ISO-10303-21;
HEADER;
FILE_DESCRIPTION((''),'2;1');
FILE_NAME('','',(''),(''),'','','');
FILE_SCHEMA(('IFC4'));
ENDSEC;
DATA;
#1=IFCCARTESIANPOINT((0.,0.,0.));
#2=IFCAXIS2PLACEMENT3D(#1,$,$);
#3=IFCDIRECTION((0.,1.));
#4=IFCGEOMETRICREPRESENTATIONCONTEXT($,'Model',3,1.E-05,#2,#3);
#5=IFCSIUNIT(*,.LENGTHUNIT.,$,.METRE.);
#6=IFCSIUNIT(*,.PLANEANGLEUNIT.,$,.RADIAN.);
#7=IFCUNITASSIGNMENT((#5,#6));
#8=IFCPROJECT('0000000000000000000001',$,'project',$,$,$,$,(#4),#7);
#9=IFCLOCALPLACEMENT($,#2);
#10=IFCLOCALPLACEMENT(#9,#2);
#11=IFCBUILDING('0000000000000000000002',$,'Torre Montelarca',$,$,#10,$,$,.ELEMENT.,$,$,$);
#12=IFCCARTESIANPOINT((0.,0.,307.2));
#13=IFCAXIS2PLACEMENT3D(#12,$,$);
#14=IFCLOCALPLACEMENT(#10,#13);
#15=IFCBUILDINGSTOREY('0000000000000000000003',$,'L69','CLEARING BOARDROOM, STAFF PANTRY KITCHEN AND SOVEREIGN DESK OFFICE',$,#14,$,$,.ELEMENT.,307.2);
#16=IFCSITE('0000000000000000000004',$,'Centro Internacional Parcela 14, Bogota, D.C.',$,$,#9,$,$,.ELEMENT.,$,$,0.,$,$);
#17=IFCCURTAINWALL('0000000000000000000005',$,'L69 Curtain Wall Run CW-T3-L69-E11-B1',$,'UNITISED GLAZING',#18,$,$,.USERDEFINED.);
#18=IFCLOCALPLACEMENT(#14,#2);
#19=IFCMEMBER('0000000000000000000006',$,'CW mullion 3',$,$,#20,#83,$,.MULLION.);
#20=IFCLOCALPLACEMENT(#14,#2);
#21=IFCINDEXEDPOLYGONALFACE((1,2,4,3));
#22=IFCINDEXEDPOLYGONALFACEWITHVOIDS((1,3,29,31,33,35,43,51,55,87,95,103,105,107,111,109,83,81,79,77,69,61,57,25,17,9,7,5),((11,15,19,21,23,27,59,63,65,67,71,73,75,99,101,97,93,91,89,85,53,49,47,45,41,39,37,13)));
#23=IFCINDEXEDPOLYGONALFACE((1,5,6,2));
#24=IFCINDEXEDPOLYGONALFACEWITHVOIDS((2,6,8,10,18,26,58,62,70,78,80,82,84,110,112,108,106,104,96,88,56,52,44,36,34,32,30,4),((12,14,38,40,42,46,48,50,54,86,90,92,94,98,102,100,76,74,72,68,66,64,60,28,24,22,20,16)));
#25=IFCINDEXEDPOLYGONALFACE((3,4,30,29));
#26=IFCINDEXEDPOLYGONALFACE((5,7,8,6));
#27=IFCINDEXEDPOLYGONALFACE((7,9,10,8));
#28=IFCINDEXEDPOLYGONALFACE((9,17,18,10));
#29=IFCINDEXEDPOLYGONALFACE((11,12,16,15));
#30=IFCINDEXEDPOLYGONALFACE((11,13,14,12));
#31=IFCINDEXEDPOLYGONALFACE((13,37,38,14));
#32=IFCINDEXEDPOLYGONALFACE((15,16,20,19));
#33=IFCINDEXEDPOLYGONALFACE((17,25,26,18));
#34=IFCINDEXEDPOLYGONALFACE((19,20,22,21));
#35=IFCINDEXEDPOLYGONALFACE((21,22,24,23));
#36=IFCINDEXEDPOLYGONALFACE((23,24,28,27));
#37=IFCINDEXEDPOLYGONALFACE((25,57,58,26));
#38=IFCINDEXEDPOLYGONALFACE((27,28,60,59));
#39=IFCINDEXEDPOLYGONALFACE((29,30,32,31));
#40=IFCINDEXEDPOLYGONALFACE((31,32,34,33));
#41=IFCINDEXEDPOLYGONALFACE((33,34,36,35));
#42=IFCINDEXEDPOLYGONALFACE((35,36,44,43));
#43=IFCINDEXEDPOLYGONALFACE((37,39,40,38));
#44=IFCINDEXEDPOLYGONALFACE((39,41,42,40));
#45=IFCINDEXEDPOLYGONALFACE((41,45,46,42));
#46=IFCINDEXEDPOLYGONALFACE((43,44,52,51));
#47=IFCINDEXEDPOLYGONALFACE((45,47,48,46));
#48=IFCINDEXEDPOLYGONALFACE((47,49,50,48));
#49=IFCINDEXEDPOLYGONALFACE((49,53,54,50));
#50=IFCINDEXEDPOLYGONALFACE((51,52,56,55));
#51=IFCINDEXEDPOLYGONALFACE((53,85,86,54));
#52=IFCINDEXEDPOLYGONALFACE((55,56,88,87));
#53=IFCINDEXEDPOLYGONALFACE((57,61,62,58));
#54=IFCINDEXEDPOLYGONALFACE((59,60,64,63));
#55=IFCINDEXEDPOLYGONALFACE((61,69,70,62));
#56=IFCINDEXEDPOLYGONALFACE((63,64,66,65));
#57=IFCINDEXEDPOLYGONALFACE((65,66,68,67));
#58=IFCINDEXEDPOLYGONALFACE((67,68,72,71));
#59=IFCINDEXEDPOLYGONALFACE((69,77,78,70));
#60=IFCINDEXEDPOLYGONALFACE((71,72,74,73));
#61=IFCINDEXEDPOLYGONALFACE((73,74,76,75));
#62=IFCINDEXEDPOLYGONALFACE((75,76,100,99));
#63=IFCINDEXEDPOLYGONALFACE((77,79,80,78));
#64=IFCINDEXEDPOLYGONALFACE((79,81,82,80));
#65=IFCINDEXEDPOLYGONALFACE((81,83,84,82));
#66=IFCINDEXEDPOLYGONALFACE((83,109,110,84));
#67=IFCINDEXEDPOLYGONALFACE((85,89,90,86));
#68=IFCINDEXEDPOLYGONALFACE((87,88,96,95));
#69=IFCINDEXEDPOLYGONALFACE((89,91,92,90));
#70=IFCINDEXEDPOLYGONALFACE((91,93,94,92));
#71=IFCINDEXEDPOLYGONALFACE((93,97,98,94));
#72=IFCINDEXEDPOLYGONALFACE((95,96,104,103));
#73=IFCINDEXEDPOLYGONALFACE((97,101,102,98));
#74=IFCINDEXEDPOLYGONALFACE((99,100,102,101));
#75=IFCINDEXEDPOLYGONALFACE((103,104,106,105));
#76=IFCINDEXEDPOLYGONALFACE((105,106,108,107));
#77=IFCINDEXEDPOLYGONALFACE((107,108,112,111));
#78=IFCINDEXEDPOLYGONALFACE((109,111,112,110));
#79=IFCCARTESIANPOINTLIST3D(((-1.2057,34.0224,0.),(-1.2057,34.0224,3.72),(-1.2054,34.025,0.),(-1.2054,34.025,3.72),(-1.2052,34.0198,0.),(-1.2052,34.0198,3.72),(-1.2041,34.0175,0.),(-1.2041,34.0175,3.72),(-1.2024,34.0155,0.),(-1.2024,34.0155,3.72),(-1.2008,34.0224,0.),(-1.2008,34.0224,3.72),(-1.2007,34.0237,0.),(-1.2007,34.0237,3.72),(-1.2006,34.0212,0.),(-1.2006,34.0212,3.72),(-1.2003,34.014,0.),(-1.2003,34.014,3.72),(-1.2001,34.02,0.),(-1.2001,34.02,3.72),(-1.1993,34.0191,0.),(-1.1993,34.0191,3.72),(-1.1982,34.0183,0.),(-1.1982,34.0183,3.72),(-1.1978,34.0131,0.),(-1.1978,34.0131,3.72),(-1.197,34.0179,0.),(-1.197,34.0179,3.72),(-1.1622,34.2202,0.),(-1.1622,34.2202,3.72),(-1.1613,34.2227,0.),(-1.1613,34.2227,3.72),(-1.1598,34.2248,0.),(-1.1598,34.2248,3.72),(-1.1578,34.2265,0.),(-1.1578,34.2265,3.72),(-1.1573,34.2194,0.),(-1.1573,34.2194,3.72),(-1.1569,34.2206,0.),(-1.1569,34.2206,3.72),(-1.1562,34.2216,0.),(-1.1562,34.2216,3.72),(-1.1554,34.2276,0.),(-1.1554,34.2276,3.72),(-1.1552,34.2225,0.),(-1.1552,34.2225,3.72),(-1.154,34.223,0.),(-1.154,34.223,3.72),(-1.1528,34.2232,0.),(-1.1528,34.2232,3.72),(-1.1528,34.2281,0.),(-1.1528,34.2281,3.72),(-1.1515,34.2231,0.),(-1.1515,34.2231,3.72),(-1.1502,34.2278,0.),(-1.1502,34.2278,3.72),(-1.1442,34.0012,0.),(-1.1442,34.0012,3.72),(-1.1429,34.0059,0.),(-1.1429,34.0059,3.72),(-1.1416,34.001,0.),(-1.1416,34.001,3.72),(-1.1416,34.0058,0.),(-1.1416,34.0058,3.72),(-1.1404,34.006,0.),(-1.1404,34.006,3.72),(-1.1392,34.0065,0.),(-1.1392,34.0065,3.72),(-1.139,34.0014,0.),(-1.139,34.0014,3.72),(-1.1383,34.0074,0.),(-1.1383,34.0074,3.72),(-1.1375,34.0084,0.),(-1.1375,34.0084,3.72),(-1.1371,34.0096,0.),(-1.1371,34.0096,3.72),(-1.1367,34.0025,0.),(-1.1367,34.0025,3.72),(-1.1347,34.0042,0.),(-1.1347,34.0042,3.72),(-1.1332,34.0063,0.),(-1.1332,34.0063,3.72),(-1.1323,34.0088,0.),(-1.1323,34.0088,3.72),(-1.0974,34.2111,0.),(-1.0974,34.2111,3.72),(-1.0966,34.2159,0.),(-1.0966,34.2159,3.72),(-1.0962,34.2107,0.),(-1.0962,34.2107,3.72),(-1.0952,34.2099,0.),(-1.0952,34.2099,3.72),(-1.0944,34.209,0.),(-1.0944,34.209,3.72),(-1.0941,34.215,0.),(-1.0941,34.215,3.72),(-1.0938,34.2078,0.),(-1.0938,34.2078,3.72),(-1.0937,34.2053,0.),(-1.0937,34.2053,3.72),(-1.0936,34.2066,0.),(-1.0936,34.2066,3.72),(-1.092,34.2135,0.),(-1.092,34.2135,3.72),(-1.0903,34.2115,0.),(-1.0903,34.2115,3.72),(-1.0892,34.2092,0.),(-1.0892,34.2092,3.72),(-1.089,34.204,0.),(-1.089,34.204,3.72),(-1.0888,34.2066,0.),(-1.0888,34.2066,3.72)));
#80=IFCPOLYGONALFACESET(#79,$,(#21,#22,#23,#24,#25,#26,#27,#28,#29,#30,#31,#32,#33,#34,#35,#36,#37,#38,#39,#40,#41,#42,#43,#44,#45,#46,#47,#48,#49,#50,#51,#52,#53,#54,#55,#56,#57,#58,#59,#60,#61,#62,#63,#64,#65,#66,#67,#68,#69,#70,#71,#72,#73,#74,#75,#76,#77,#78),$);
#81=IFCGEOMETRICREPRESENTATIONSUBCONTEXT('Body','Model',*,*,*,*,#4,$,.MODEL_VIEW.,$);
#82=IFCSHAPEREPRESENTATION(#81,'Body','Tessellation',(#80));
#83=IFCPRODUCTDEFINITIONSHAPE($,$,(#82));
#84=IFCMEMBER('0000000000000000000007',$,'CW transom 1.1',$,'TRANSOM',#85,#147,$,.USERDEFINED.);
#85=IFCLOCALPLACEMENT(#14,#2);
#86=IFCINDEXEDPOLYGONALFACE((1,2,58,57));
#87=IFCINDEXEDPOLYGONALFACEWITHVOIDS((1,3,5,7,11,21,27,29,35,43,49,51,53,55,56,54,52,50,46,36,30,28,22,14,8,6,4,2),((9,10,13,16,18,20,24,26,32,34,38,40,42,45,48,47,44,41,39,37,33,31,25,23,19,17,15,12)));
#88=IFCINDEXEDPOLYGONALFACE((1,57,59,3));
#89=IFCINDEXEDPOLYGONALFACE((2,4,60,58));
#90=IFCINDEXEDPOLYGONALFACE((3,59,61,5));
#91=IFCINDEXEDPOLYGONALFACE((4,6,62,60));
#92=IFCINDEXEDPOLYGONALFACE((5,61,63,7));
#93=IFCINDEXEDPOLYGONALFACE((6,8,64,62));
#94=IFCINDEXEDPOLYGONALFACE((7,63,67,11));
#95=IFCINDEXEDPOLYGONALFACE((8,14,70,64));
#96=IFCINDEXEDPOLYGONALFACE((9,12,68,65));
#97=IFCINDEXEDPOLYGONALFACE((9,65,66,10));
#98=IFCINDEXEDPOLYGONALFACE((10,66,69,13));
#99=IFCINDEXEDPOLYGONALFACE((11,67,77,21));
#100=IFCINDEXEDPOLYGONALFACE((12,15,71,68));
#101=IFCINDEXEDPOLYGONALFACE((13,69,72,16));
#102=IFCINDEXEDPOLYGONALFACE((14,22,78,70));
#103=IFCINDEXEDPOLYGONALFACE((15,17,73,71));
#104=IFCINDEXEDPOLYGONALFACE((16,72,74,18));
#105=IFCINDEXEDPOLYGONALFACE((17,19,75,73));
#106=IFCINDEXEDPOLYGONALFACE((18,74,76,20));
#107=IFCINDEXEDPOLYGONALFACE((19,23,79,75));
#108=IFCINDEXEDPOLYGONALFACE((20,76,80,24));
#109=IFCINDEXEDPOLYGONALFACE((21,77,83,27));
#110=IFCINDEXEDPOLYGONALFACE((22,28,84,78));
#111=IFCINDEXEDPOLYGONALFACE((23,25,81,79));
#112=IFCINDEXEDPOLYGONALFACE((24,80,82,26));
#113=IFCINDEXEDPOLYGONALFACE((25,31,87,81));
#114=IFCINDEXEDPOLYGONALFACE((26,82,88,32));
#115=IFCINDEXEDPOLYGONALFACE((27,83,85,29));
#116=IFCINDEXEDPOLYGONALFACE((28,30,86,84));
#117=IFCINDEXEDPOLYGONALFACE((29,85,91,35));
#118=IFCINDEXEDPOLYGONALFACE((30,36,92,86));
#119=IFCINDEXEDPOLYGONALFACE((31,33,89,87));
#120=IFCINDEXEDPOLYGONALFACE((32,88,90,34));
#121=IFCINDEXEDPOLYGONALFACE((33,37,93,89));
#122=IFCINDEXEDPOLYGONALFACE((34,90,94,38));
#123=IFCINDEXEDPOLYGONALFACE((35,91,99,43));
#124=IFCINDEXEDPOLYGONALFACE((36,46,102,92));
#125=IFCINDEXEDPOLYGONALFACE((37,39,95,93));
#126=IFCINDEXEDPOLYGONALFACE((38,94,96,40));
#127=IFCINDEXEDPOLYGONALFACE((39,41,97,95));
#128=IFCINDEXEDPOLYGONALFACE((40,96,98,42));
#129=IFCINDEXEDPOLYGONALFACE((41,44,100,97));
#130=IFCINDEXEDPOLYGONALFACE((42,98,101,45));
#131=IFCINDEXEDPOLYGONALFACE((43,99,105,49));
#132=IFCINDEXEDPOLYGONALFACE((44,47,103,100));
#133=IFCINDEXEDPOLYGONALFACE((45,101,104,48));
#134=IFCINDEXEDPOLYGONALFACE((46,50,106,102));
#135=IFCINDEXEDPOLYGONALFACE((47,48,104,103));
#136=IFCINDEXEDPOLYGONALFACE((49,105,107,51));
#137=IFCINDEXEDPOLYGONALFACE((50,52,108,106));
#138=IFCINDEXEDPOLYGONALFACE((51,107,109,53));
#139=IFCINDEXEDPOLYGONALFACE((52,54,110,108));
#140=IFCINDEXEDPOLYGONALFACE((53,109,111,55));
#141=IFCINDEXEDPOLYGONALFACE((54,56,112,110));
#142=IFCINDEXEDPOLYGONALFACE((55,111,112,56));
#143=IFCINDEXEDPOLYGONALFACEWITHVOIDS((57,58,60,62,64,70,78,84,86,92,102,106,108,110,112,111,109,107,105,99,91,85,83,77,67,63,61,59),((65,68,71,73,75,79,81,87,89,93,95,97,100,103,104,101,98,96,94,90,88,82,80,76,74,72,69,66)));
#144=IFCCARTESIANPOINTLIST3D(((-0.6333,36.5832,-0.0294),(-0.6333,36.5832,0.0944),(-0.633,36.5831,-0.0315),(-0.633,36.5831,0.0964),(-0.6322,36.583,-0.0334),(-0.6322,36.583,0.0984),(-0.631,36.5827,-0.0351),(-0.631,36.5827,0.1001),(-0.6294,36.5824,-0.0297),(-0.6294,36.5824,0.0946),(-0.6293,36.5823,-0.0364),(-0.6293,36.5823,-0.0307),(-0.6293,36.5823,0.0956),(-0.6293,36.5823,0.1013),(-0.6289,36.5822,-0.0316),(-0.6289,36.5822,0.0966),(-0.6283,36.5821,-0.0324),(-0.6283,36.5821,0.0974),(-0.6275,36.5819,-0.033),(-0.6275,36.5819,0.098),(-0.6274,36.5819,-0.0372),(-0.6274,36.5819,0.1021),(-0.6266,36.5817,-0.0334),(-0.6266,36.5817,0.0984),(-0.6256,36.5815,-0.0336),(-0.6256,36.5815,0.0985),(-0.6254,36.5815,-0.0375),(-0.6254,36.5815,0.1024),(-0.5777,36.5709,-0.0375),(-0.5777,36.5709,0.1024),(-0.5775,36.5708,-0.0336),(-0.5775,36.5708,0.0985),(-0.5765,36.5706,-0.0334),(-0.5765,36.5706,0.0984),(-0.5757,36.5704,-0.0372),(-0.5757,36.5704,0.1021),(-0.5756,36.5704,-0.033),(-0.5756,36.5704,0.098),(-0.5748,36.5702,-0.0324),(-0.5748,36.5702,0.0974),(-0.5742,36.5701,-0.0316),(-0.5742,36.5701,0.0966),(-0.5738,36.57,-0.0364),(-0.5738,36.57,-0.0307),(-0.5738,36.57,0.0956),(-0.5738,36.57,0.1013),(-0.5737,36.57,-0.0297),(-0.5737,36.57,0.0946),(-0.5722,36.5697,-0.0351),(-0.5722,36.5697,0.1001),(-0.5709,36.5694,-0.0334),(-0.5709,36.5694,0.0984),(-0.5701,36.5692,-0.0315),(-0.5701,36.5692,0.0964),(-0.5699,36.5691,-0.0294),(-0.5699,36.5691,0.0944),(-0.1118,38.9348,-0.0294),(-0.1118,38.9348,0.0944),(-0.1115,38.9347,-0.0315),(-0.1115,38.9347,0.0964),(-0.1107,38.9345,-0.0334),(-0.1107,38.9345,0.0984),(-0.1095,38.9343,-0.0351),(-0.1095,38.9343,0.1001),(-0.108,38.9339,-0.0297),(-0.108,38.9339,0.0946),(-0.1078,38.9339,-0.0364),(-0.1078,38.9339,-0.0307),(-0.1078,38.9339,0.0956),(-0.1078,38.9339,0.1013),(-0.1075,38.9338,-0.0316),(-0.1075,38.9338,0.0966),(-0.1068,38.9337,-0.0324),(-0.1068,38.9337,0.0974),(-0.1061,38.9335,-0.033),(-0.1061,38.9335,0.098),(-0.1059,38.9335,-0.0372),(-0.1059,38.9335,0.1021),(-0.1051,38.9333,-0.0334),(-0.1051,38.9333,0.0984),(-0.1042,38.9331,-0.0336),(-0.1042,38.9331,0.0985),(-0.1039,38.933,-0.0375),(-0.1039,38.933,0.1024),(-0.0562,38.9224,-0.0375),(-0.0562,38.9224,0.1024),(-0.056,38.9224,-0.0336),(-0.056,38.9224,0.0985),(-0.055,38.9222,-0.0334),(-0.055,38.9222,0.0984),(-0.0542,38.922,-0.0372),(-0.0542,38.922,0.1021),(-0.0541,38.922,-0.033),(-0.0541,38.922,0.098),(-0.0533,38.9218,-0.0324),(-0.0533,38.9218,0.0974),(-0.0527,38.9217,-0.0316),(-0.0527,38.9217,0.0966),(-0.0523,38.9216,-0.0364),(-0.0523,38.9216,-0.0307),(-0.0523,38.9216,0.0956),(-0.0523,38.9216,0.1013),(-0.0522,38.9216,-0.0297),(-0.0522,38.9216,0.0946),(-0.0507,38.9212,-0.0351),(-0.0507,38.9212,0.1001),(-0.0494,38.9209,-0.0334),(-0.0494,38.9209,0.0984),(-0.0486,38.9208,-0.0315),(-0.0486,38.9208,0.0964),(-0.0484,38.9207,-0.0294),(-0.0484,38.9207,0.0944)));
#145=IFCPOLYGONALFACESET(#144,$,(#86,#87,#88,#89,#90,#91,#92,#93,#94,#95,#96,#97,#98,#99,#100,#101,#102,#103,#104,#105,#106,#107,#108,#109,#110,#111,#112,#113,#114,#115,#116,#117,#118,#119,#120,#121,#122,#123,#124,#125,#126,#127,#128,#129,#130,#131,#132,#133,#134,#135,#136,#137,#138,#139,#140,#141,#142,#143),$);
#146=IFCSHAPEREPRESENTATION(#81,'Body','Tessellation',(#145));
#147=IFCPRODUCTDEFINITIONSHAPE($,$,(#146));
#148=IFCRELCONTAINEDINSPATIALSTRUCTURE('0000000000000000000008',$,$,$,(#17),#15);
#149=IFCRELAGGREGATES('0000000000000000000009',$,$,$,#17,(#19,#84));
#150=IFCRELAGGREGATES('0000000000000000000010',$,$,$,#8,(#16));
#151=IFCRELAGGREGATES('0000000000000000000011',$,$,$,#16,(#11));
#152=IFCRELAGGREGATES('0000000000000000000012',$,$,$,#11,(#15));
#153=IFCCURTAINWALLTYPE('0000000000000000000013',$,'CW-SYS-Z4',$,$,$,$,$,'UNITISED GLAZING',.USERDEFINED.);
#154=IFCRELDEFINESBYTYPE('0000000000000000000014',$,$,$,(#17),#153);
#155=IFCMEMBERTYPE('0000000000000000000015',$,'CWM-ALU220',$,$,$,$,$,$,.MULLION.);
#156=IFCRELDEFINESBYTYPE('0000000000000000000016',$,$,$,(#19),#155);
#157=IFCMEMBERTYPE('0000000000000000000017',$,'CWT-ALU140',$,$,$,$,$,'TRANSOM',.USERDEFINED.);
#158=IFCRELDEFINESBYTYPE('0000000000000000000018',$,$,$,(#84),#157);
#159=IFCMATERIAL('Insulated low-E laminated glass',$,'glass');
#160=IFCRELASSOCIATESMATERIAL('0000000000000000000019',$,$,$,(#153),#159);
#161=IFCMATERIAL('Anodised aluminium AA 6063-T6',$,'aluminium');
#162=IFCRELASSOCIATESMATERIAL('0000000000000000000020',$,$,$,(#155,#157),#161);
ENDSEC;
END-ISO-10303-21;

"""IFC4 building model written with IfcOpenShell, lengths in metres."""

from ifc_helpers import new_model, si_unit, direction, frame, origin, origin_2d, place, context, subcontext, project, spatial, hollow_rectangle, extrude, source, transform, mapped, material, material_profile, profile_set, type_object, element, aggregate, save


model = new_model("IFC4")

# Units and contexts
model_context = context("Model", 3, precision=1e-05, world=origin(), true_north=direction((0.0, 1.0)))
body_context = subcontext(model_context, "Body", "Model", "MODEL_VIEW")
ifc_project = project(units=[si_unit("LENGTHUNIT", "METRE"), si_unit("PLANEANGLEUNIT", "RADIAN")], contexts=[model_context])

# Site, building, storey
site_placement = place(None, origin())
site = spatial("IfcSite", under=ifc_project, at=site_placement, Name="Centro Internacional Parcela 14, Bogota, D.C.", CompositionType="ELEMENT", RefElevation=0.0)
building_placement = place(site_placement, origin())
building = spatial("IfcBuilding", under=site, at=building_placement, Name="Torre Montelarca", CompositionType="ELEMENT")
storey_placement = place(building_placement, frame((0.0, 0.0, 307.2)))
storey = spatial("IfcBuildingStorey", under=building, at=storey_placement, Name="L69", Description="CLEARING BOARDROOM, STAFF PANTRY KITCHEN AND SOVEREIGN DESK OFFICE", CompositionType="ELEMENT", Elevation=307.2)

# Curtain wall, members
ifc_material_1 = material(Name="Insulated low-E laminated glass", Category="glass")
curtain_wall_type = type_object("IfcCurtainWallType", Name="CW-SYS-Z4", ElementType="UNITISED GLAZING", PredefinedType="USERDEFINED", material=ifc_material_1)
curtain_wall_placement = place(storey_placement, origin())
curtain_wall = element("IfcCurtainWall", 1, at=curtain_wall_placement, inside=storey, type_object=curtain_wall_type, Name="L69 Curtain Wall Run CW-T3-L69-E11-B1", ObjectType="UNITISED GLAZING", PredefinedType="USERDEFINED")
ifc_material_2 = material(Name="Anodised aluminium AA 6063-T6", Category="aluminium")
ifc_material_profile_1 = material_profile(ifc_material_2, hollow_rectangle(XDim=0.075, YDim=0.22, WallThickness=0.0049, InnerFilletRadius=0.0049, OuterFilletRadius=0.01, at=origin_2d()), Name="ALU75X220X5", Category="aluminium")
ifc_profile_set_1 = profile_set([ifc_material_profile_1], Name="Anodised aluminium AA 6063-T6")
member_type_1 = type_object("IfcMemberType", Name="CWM-ALU220", PredefinedType="MULLION", material=ifc_profile_set_1)
shared_shape_1 = source(origin(), body_context, "Body", "SweptSolid", [
    extrude(hollow_rectangle(XDim=0.075, YDim=0.22, WallThickness=0.0049, InnerFilletRadius=0.0049, OuterFilletRadius=0.01, at=origin_2d()), origin(), (0.0, 0.0, 1.0), 3.72),
])
member_1_placement = place(storey_placement, frame((-1.1472, 34.1145, 0.0), z_axis=(0.0, 0.0, 1.0), x_axis=(0.976291, -0.216462, 0.0)))
member_1 = element("IfcMember", 2, at=member_1_placement, type_object=member_type_1, Name="CW mullion 3", PredefinedType="MULLION", context=body_context, shape_type="MappedRepresentation", body=[
    mapped(shared_shape_1, transform((0.0, 0.0, 0.0), scale=1.0)),
])
ifc_material_profile_2 = material_profile(ifc_material_2, hollow_rectangle(XDim=0.0649, YDim=0.1399, WallThickness=0.0039, InnerFilletRadius=0.0039, OuterFilletRadius=0.0081, at=origin_2d()), Name="ALU65X140X4", Category="aluminium")
ifc_profile_set_2 = profile_set([ifc_material_profile_2], Name="Anodised aluminium AA 6063-T6")
member_type_2 = type_object("IfcMemberType", Name="CWT-ALU140", ElementType="TRANSOM", PredefinedType="USERDEFINED", material=ifc_profile_set_2)
shared_shape_2 = source(origin(), body_context, "Body", "SweptSolid", [
    extrude(hollow_rectangle(XDim=0.0649, YDim=0.1399, WallThickness=0.0039, InnerFilletRadius=0.0039, OuterFilletRadius=0.0081, at=origin_2d()), origin(), (0.0, 0.0, 1.0), 2.4087),
])
member_2_placement = place(storey_placement, frame((-0.0801, 38.9277, 0.0325), z_axis=(-0.216501, -0.976282, 0.0), x_axis=(0.976282, -0.216501, 0.0)))
member_2 = element("IfcMember", 3, at=member_2_placement, type_object=member_type_2, Name="CW transom 1.1", ObjectType="TRANSOM", PredefinedType="USERDEFINED", context=body_context, shape_type="MappedRepresentation", body=[
    mapped(shared_shape_2, transform((0.0, 0.0, 0.0), scale=1.0)),
])
aggregate(curtain_wall, [member_1, member_2])

save(model, "model.ifc")
